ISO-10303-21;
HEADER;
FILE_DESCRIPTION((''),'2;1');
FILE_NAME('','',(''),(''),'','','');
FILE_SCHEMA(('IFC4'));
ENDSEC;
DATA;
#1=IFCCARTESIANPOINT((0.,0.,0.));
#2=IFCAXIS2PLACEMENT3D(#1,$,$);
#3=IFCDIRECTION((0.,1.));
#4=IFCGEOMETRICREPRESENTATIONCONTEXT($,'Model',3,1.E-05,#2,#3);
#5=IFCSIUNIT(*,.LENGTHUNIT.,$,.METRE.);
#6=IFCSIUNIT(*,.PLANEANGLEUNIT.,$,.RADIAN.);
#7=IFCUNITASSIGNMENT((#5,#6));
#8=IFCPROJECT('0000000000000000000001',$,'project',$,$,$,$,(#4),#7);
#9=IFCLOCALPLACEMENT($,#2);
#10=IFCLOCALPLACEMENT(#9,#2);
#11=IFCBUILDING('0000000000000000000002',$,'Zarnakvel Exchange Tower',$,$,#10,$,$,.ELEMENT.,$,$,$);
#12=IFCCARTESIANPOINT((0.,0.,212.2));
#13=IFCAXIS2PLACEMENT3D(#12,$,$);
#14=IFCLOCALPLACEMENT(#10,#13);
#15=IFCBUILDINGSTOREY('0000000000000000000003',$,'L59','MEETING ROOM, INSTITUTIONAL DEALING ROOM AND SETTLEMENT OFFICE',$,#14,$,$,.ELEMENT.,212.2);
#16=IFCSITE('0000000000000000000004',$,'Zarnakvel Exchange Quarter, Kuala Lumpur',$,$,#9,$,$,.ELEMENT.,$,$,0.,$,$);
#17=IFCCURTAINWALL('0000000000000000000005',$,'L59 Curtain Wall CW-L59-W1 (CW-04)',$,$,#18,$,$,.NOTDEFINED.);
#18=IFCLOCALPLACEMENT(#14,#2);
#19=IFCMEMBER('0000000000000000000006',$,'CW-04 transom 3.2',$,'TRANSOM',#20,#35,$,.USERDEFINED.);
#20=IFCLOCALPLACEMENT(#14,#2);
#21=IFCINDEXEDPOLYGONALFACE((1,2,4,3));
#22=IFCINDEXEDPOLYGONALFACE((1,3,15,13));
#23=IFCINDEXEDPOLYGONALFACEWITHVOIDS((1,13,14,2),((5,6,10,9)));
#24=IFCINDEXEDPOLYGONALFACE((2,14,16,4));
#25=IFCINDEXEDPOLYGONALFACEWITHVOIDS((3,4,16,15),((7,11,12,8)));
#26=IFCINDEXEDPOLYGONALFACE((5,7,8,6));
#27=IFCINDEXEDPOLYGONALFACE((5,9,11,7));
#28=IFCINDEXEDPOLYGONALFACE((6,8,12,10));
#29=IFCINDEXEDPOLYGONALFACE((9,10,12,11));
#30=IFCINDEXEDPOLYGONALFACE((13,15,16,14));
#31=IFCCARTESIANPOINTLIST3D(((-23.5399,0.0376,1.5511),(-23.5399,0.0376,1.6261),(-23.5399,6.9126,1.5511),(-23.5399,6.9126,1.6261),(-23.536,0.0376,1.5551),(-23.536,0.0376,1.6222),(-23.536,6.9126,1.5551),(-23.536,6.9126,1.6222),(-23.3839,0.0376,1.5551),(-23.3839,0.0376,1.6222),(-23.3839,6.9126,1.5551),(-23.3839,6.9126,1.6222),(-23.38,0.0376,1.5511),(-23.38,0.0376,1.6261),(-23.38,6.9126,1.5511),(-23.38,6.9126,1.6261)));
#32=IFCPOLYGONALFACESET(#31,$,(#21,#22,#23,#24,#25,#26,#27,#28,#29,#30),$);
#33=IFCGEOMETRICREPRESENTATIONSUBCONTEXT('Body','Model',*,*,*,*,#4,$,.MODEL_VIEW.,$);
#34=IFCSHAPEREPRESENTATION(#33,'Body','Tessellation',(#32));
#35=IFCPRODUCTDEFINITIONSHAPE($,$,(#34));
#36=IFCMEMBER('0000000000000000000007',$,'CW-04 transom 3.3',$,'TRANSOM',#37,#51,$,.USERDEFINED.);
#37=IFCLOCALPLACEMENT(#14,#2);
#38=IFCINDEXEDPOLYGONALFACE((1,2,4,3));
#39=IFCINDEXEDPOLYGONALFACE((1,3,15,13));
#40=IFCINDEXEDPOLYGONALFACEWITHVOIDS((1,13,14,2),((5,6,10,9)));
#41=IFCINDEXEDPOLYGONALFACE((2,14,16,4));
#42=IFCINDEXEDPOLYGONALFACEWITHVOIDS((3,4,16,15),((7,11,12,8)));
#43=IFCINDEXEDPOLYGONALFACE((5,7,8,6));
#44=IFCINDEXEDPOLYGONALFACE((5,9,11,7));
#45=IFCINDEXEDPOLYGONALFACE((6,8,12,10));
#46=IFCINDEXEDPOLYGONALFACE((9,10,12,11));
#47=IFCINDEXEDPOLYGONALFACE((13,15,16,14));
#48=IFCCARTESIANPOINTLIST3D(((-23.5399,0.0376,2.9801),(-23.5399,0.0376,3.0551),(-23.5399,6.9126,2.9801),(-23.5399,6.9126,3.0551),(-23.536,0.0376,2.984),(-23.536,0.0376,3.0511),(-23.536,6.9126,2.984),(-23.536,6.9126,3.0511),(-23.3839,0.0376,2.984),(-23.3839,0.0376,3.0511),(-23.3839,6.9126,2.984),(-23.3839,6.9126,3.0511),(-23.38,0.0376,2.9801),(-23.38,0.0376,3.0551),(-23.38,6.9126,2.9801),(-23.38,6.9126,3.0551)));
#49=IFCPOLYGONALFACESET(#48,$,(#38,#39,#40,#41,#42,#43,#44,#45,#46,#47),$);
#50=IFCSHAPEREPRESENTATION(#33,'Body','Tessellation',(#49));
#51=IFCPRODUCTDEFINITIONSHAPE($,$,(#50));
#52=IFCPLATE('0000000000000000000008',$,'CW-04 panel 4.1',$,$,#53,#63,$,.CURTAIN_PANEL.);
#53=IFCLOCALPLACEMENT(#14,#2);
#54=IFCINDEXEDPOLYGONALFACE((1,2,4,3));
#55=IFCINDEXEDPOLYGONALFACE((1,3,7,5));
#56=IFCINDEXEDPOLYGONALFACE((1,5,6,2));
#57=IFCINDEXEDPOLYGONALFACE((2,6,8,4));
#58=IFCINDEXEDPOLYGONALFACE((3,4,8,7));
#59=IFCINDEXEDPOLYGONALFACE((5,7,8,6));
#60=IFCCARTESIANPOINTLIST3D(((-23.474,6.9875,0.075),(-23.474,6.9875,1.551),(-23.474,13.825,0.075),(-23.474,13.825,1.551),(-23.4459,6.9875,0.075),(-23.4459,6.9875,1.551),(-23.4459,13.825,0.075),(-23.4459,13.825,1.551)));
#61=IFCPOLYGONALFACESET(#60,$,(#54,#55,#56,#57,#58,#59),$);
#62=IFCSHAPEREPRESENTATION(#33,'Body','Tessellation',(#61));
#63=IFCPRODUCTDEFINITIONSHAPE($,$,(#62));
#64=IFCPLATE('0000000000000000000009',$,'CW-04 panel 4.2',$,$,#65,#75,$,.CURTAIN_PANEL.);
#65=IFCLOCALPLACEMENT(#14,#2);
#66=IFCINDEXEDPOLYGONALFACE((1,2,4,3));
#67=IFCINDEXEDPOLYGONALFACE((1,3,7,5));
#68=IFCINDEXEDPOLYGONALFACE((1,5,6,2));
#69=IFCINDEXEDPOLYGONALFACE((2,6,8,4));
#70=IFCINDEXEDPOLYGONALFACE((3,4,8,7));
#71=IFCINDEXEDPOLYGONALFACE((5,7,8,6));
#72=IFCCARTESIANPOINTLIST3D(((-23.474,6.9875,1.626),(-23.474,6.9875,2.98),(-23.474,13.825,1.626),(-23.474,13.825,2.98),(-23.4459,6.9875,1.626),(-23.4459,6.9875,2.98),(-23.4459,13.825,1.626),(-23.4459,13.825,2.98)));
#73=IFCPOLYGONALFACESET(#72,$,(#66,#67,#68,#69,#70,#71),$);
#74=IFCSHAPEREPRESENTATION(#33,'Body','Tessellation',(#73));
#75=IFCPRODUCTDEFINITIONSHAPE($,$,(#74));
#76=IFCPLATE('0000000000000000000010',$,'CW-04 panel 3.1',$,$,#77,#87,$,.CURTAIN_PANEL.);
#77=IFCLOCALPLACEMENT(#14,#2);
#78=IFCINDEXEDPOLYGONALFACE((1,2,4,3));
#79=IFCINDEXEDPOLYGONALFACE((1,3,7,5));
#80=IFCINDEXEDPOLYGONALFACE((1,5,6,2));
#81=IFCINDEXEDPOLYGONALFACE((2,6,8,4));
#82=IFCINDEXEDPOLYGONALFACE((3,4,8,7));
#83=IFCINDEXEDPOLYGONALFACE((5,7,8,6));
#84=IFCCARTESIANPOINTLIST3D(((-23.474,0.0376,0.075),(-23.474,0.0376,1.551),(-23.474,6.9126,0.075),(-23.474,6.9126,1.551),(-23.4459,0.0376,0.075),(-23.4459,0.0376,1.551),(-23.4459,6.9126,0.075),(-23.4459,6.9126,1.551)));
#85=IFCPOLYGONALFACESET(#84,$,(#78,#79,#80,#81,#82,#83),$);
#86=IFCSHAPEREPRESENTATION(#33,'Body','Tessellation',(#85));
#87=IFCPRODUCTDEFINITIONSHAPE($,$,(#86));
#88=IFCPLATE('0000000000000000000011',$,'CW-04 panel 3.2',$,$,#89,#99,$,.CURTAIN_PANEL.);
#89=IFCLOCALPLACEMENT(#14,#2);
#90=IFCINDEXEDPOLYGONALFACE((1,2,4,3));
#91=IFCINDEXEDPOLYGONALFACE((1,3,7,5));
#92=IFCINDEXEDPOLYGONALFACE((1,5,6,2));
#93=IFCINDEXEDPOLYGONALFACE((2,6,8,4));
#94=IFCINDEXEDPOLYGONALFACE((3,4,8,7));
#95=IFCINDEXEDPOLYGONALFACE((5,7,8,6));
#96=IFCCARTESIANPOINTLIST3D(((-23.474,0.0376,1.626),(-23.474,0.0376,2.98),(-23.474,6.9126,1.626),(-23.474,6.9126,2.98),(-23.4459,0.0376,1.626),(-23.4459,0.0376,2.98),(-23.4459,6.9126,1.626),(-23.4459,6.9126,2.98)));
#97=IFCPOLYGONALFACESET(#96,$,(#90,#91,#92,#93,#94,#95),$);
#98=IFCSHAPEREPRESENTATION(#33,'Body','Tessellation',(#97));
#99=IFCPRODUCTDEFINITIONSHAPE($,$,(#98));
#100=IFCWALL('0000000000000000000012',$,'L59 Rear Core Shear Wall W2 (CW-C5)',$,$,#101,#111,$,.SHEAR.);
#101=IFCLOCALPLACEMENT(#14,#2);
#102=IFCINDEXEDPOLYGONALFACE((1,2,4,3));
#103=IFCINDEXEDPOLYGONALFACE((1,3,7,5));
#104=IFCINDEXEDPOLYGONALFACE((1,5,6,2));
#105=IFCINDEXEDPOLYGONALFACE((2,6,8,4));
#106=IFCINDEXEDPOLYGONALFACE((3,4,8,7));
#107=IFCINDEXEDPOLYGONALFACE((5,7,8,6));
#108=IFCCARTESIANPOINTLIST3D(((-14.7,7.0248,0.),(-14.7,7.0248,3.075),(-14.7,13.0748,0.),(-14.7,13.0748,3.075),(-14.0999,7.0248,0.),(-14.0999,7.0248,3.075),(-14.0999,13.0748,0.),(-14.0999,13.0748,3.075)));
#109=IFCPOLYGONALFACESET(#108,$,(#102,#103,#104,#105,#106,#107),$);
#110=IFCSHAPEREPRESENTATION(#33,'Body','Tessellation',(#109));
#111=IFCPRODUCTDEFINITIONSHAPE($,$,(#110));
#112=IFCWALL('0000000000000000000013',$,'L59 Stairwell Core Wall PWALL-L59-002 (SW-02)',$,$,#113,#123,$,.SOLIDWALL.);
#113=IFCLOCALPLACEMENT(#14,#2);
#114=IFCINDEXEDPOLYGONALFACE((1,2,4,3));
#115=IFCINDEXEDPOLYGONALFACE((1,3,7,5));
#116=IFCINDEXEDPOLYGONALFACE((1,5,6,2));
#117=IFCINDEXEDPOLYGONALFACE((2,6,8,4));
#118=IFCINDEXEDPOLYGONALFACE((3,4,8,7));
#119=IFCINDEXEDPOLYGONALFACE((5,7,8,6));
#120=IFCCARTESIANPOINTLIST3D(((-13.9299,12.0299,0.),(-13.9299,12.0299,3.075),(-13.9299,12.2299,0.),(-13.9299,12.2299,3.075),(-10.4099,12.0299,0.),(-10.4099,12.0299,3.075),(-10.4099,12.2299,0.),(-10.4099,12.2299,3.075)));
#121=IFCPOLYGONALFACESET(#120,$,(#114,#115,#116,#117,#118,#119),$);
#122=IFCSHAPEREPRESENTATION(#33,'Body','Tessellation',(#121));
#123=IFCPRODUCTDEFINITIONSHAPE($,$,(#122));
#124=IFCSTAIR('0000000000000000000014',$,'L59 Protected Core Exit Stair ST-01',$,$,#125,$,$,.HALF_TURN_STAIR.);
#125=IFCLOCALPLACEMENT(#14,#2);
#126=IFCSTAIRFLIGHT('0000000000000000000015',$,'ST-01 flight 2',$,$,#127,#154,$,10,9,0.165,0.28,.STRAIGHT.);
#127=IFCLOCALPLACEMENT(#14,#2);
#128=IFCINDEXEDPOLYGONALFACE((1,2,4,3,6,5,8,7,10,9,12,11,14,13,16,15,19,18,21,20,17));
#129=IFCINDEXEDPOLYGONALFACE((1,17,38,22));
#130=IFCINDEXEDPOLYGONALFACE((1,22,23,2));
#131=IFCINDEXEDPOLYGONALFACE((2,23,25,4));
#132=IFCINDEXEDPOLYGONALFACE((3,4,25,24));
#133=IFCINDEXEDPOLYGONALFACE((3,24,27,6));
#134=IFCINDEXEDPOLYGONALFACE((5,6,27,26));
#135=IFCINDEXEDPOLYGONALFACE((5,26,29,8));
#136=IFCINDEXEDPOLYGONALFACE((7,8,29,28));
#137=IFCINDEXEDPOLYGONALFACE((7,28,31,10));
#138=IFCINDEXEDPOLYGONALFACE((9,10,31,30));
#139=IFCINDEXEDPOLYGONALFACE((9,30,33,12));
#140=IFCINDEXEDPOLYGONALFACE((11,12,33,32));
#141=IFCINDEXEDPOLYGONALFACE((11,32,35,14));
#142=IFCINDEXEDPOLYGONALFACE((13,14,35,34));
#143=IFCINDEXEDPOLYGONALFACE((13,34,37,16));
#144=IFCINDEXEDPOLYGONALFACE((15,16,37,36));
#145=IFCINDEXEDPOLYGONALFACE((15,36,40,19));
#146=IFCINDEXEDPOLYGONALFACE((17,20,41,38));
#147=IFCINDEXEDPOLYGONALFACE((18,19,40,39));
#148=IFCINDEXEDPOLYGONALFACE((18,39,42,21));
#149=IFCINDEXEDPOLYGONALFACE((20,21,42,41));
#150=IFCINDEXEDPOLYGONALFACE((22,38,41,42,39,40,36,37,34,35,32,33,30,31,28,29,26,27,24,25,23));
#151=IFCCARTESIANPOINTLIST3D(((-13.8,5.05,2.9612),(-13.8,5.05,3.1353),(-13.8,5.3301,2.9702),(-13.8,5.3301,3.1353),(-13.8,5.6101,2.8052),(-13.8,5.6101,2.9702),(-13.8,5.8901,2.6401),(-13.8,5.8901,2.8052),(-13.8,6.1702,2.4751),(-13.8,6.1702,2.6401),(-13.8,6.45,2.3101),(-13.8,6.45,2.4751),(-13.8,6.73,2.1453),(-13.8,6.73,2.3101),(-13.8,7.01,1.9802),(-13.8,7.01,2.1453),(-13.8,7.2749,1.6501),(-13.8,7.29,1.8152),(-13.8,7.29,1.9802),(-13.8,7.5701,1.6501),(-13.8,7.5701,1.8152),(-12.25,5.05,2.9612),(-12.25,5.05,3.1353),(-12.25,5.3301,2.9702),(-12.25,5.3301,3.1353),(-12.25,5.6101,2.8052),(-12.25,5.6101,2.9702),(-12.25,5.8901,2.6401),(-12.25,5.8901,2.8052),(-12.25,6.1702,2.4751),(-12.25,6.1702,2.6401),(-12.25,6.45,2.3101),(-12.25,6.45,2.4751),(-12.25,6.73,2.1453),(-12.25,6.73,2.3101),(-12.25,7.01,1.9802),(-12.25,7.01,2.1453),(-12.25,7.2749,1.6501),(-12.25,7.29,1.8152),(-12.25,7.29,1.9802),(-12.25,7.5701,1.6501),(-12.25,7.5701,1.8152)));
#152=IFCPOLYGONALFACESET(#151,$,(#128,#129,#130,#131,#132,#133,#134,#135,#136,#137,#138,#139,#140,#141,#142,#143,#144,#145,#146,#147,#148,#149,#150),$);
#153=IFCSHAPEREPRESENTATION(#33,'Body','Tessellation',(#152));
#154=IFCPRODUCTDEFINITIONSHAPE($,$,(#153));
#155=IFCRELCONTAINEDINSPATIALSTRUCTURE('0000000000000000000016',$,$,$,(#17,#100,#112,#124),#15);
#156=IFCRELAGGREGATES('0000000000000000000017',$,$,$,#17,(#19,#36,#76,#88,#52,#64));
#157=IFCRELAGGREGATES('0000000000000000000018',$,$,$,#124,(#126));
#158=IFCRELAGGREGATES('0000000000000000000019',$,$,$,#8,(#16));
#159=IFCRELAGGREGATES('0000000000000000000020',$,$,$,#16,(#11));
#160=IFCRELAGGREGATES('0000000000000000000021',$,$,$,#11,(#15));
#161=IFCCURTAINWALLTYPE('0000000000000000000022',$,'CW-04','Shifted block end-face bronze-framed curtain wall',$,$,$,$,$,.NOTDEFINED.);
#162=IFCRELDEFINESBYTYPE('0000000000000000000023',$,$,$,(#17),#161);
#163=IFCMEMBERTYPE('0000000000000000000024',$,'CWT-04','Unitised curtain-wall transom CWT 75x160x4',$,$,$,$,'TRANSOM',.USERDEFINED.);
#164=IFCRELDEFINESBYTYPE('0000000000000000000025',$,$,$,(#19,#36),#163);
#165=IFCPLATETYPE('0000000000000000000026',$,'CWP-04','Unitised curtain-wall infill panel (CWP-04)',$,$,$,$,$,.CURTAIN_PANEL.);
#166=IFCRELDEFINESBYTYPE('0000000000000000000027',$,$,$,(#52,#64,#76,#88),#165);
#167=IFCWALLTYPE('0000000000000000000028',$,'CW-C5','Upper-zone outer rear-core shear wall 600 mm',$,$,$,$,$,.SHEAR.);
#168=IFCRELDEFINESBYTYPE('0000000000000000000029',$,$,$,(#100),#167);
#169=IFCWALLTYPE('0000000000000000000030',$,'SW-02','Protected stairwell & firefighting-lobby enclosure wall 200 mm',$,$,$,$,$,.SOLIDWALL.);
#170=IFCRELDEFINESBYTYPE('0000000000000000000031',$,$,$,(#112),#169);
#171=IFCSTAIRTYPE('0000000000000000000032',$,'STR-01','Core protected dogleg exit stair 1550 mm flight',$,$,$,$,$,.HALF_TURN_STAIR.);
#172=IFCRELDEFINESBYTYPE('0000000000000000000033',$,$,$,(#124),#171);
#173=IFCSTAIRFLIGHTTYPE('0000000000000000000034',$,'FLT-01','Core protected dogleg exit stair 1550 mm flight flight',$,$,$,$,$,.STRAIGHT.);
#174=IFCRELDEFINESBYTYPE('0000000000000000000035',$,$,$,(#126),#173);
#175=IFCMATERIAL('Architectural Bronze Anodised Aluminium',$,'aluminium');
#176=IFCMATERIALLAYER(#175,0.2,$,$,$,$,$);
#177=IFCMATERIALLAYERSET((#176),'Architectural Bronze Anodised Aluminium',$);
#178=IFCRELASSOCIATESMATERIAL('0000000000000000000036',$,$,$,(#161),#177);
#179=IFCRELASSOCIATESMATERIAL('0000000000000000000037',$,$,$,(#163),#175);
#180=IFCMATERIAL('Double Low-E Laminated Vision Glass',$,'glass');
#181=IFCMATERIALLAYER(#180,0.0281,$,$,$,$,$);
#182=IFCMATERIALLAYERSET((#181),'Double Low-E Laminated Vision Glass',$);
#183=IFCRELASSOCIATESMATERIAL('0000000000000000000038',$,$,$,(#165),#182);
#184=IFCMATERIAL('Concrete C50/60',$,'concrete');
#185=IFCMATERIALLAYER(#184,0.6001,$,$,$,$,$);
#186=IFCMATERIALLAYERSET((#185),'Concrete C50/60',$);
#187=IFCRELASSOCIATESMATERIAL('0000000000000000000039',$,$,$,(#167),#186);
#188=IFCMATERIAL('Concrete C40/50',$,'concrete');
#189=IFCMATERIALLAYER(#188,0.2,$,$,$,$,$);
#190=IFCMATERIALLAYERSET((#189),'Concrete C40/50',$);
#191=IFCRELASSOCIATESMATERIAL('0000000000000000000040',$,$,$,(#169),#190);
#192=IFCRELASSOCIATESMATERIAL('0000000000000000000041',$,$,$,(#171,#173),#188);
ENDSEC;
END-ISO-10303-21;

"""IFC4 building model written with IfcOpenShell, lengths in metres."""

from ifc_helpers import new_model, si_unit, direction, frame, frame_2d, origin, origin_2d, place, context, subcontext, project, spatial, polyline, rectangle, hollow_rectangle, outline, extrude, source, transform, mapped, material, layer, layer_set, material_profile, profile_set, type_object, element, aggregate, save


model = new_model("IFC4")

# Units and contexts
model_context = context("Model", 3, precision=1e-05, world=origin(), true_north=direction((0.0, 1.0)))
body_context = subcontext(model_context, "Body", "Model", "MODEL_VIEW")
ifc_project = project(units=[si_unit("LENGTHUNIT", "METRE"), si_unit("PLANEANGLEUNIT", "RADIAN")], contexts=[model_context])

# Site, building, storey
site_placement = place(None, origin())
site = spatial("IfcSite", under=ifc_project, at=site_placement, Name="Zarnakvel Exchange Quarter, Kuala Lumpur", CompositionType="ELEMENT", RefElevation=0.0)
building_placement = place(site_placement, origin())
building = spatial("IfcBuilding", under=site, at=building_placement, Name="Zarnakvel Exchange Tower", CompositionType="ELEMENT")
storey_placement = place(building_placement, frame((0.0, 0.0, 212.2)))
storey = spatial("IfcBuildingStorey", under=building, at=storey_placement, Name="L59", Description="MEETING ROOM, INSTITUTIONAL DEALING ROOM AND SETTLEMENT OFFICE", CompositionType="ELEMENT", Elevation=212.2)

# Shared definitions
ifc_material_1 = material(Name="Concrete C50/60", Category="concrete")

# Curtain wall, members, plates
ifc_material_2 = material(Name="Architectural Bronze Anodised Aluminium", Category="aluminium")
ifc_layer_1 = layer(ifc_material_2, 0.2)
ifc_layer_set_1 = layer_set([ifc_layer_1], Name="Architectural Bronze Anodised Aluminium")
curtain_wall_type = type_object("IfcCurtainWallType", Name="CW-04", Description="Shifted block end-face bronze-framed curtain wall", PredefinedType="NOTDEFINED", material=ifc_layer_set_1)
curtain_wall_placement = place(storey_placement, origin())
curtain_wall = element("IfcCurtainWall", 1, at=curtain_wall_placement, inside=storey, type_object=curtain_wall_type, Name="L59 Curtain Wall CW-L59-W1 (CW-04)", PredefinedType="NOTDEFINED")
ifc_material_profile_1 = material_profile(ifc_material_2, hollow_rectangle(XDim=0.1599, YDim=0.075, WallThickness=0.0039, at=origin_2d()))
ifc_profile_set_1 = profile_set([ifc_material_profile_1], Name="Architectural Bronze Anodised Aluminium")
member_type_1 = type_object("IfcMemberType", Name="CWT-04", Description="Unitised curtain-wall transom CWT 75x160x4", ElementType="TRANSOM", PredefinedType="USERDEFINED", material=ifc_profile_set_1)
shared_shape_1 = source(origin(), body_context, "Body", "SweptSolid", [
    extrude(hollow_rectangle(XDim=0.1599, YDim=0.075, WallThickness=0.0039, at=origin_2d()), origin(), (0.0, 0.0, 1.0), 6.875),
])
member_1_placement = place(storey_placement, frame((-23.46, 0.0376, 1.5886), z_axis=(0.0, 1.0, 0.0), x_axis=(-1.0, 0.0, 0.0)))
member_1 = element("IfcMember", 2, at=member_1_placement, type_object=member_type_1, Name="CW-04 transom 3.2", ObjectType="TRANSOM", PredefinedType="USERDEFINED", context=body_context, shape_type="MappedRepresentation", body=[
    mapped(shared_shape_1, transform((0.0, 0.0, 0.0), x_axis=(1.0, 0.0, 0.0), y_axis=(0.0, 1.0, 0.0), z_axis=(0.0, 0.0, 1.0), scale=1.0)),
])
member_2_placement = place(storey_placement, frame((-23.46, 0.0376, 3.0176), z_axis=(0.0, 1.0, 0.0), x_axis=(-1.0, 0.0, 0.0)))
member_2 = element("IfcMember", 3, at=member_2_placement, type_object=member_type_1, Name="CW-04 transom 3.3", ObjectType="TRANSOM", PredefinedType="USERDEFINED", context=body_context, shape_type="MappedRepresentation", body=[
    mapped(shared_shape_1, transform((0.0, 0.0, 0.0), x_axis=(1.0, 0.0, 0.0), y_axis=(0.0, 1.0, 0.0), z_axis=(0.0, 0.0, 1.0), scale=1.0)),
])
ifc_material_3 = material(Name="Double Low-E Laminated Vision Glass", Category="glass")
ifc_layer_2 = layer(ifc_material_3, 0.0281)
ifc_layer_set_2 = layer_set([ifc_layer_2], Name="Double Low-E Laminated Vision Glass")
plate_type = type_object("IfcPlateType", Name="CWP-04", Description="Unitised curtain-wall infill panel (CWP-04)", PredefinedType="CURTAIN_PANEL", material=ifc_layer_set_2)
shared_shape_2 = source(origin(), body_context, "Body", "SweptSolid", [
    extrude(rectangle(XDim=6.8374, YDim=0.0281, at=origin_2d()), origin(), (0.0, 0.0, 1.0), 1.4761),
])
plate_1_placement = place(storey_placement, frame((-23.46, 10.4062, 0.075), z_axis=(0.0, 0.0, 1.0), x_axis=(0.0, 1.0, 0.0)))
plate_1 = element("IfcPlate", 4, at=plate_1_placement, type_object=plate_type, Name="CW-04 panel 4.1", PredefinedType="CURTAIN_PANEL", context=body_context, shape_type="MappedRepresentation", body=[
    mapped(shared_shape_2, transform((0.0, 0.0, 0.0), x_axis=(1.0, 0.0, 0.0), y_axis=(0.0, 1.0, 0.0), z_axis=(0.0, 0.0, 1.0), scale=1.0)),
])
shared_shape_3 = source(origin(), body_context, "Body", "SweptSolid", [
    extrude(rectangle(XDim=6.8374, YDim=0.0281, at=origin_2d()), origin(), (0.0, 0.0, 1.0), 1.354),
])
plate_2_placement = place(storey_placement, frame((-23.46, 10.4062, 1.626), z_axis=(0.0, 0.0, 1.0), x_axis=(0.0, 1.0, 0.0)))
plate_2 = element("IfcPlate", 5, at=plate_2_placement, type_object=plate_type, Name="CW-04 panel 4.2", PredefinedType="CURTAIN_PANEL", context=body_context, shape_type="MappedRepresentation", body=[
    mapped(shared_shape_3, transform((0.0, 0.0, 0.0), x_axis=(1.0, 0.0, 0.0), y_axis=(0.0, 1.0, 0.0), z_axis=(0.0, 0.0, 1.0), scale=1.0)),
])
shared_shape_4 = source(origin(), body_context, "Body", "SweptSolid", [
    extrude(rectangle(XDim=6.875, YDim=0.0281, at=origin_2d()), origin(), (0.0, 0.0, 1.0), 1.4761),
])
plate_3_placement = place(storey_placement, frame((-23.46, 3.4751, 0.075), z_axis=(0.0, 0.0, 1.0), x_axis=(0.0, 1.0, 0.0)))
plate_3 = element("IfcPlate", 6, at=plate_3_placement, type_object=plate_type, Name="CW-04 panel 3.1", PredefinedType="CURTAIN_PANEL", context=body_context, shape_type="MappedRepresentation", body=[
    mapped(shared_shape_4, transform((0.0, 0.0, 0.0), x_axis=(1.0, 0.0, 0.0), y_axis=(0.0, 1.0, 0.0), z_axis=(0.0, 0.0, 1.0), scale=1.0)),
])
shared_shape_5 = source(origin(), body_context, "Body", "SweptSolid", [
    extrude(rectangle(XDim=6.875, YDim=0.0281, at=origin_2d()), origin(), (0.0, 0.0, 1.0), 1.354),
])
plate_4_placement = place(storey_placement, frame((-23.46, 3.4751, 1.626), z_axis=(0.0, 0.0, 1.0), x_axis=(0.0, 1.0, 0.0)))
plate_4 = element("IfcPlate", 7, at=plate_4_placement, type_object=plate_type, Name="CW-04 panel 3.2", PredefinedType="CURTAIN_PANEL", context=body_context, shape_type="MappedRepresentation", body=[
    mapped(shared_shape_5, transform((0.0, 0.0, 0.0), x_axis=(1.0, 0.0, 0.0), y_axis=(0.0, 1.0, 0.0), z_axis=(0.0, 0.0, 1.0), scale=1.0)),
])
aggregate(curtain_wall, [member_1, member_2, plate_3, plate_4, plate_1, plate_2])

# Walls
ifc_layer_3 = layer(ifc_material_1, 0.6001)
ifc_layer_set_3 = layer_set([ifc_layer_3], Name="Concrete C50/60")
wall_type_1 = type_object("IfcWallType", Name="CW-C5", Description="Upper-zone outer rear-core shear wall 600 mm", PredefinedType="SHEAR", material=ifc_layer_set_3)
wall_1_placement = place(storey_placement, frame((-14.3999, 7.0249, 0.0), z_axis=(0.0, 0.0, 1.0), x_axis=(0.0, 1.0, 0.0)))
element("IfcWall", 8, at=wall_1_placement, inside=storey, type_object=wall_type_1, Name="L59 Rear Core Shear Wall W2 (CW-C5)", PredefinedType="SHEAR", context=body_context, shape_type="SweptSolid", body=[
    extrude(rectangle(XDim=6.05, YDim=0.6001, at=frame_2d((3.0249, 0.0))), origin(), (0.0, 0.0, 1.0), 3.075),
])
ifc_material_4 = material(Name="Concrete C40/50", Category="concrete")
ifc_layer_4 = layer(ifc_material_4, 0.2)
ifc_layer_set_4 = layer_set([ifc_layer_4], Name="Concrete C40/50")
wall_type_2 = type_object("IfcWallType", Name="SW-02", Description="Protected stairwell & firefighting-lobby enclosure wall 200 mm", PredefinedType="SOLIDWALL", material=ifc_layer_set_4)
wall_2_placement = place(storey_placement, frame((-13.9299, 12.1299, 0.0), z_axis=(0.0, 0.0, 1.0), x_axis=(1.0, 0.0, 0.0)))
element("IfcWall", 9, at=wall_2_placement, inside=storey, type_object=wall_type_2, Name="L59 Stairwell Core Wall PWALL-L59-002 (SW-02)", PredefinedType="SOLIDWALL", context=body_context, shape_type="SweptSolid", body=[
    extrude(rectangle(XDim=3.52, YDim=0.2, at=frame_2d((1.76, 0.0))), origin(), (0.0, 0.0, 1.0), 3.075),
])

# Stair, stair flight
stair_type = type_object("IfcStairType", Name="STR-01", Description="Core protected dogleg exit stair 1550 mm flight", PredefinedType="HALF_TURN_STAIR", material=ifc_material_4)
stair_placement = place(storey_placement, origin())
stair = element("IfcStair", 10, at=stair_placement, inside=storey, type_object=stair_type, Name="L59 Protected Core Exit Stair ST-01", PredefinedType="HALF_TURN_STAIR")
stair_flight_type = type_object("IfcStairFlightType", Name="FLT-01", Description="Core protected dogleg exit stair 1550 mm flight flight", PredefinedType="STRAIGHT", material=ifc_material_4)
stair_flight_placement = place(storey_placement, frame((-13.0249, 7.5701, 1.6501), z_axis=(0.0, 0.0, 1.0), x_axis=(0.0, -1.0, 0.0)))
stair_flight = element("IfcStairFlight", 11, at=stair_flight_placement, type_object=stair_flight_type, Name="ST-01 flight 2", NumberOfRisers=10, NumberOfTreads=9, PredefinedType="STRAIGHT", RiserHeight=0.165, TreadLength=0.28, context=body_context, shape_type="SweptSolid", body=[
    extrude(outline(polyline([(0.0, 0.0), (0.0, 0.165), (0.28, 0.165), (0.28, 0.3301), (0.5601, 0.3301), (0.5601, 0.4951), (0.8401, 0.4951), (0.8401, 0.6599), (1.1201, 0.6599), (1.1201, 0.825), (1.3999, 0.825), (1.3999, 0.99), (1.6799, 0.99), (1.6799, 1.155), (1.96, 1.155), (1.96, 1.3201), (2.24, 1.3201), (2.24, 1.4851), (2.52, 1.4851), (2.52, 1.6499), (2.52, 1.311), (0.2952, 0.0), (0.0, 0.0)])), frame((0.0, 0.7749, 0.0), z_axis=(0.0, -1.0, 0.0), x_axis=(1.0, 0.0, 0.0)), (0.0, 0.0, 1.0), 1.55),
])
aggregate(stair, [stair_flight])

save(model, "model.ifc")
